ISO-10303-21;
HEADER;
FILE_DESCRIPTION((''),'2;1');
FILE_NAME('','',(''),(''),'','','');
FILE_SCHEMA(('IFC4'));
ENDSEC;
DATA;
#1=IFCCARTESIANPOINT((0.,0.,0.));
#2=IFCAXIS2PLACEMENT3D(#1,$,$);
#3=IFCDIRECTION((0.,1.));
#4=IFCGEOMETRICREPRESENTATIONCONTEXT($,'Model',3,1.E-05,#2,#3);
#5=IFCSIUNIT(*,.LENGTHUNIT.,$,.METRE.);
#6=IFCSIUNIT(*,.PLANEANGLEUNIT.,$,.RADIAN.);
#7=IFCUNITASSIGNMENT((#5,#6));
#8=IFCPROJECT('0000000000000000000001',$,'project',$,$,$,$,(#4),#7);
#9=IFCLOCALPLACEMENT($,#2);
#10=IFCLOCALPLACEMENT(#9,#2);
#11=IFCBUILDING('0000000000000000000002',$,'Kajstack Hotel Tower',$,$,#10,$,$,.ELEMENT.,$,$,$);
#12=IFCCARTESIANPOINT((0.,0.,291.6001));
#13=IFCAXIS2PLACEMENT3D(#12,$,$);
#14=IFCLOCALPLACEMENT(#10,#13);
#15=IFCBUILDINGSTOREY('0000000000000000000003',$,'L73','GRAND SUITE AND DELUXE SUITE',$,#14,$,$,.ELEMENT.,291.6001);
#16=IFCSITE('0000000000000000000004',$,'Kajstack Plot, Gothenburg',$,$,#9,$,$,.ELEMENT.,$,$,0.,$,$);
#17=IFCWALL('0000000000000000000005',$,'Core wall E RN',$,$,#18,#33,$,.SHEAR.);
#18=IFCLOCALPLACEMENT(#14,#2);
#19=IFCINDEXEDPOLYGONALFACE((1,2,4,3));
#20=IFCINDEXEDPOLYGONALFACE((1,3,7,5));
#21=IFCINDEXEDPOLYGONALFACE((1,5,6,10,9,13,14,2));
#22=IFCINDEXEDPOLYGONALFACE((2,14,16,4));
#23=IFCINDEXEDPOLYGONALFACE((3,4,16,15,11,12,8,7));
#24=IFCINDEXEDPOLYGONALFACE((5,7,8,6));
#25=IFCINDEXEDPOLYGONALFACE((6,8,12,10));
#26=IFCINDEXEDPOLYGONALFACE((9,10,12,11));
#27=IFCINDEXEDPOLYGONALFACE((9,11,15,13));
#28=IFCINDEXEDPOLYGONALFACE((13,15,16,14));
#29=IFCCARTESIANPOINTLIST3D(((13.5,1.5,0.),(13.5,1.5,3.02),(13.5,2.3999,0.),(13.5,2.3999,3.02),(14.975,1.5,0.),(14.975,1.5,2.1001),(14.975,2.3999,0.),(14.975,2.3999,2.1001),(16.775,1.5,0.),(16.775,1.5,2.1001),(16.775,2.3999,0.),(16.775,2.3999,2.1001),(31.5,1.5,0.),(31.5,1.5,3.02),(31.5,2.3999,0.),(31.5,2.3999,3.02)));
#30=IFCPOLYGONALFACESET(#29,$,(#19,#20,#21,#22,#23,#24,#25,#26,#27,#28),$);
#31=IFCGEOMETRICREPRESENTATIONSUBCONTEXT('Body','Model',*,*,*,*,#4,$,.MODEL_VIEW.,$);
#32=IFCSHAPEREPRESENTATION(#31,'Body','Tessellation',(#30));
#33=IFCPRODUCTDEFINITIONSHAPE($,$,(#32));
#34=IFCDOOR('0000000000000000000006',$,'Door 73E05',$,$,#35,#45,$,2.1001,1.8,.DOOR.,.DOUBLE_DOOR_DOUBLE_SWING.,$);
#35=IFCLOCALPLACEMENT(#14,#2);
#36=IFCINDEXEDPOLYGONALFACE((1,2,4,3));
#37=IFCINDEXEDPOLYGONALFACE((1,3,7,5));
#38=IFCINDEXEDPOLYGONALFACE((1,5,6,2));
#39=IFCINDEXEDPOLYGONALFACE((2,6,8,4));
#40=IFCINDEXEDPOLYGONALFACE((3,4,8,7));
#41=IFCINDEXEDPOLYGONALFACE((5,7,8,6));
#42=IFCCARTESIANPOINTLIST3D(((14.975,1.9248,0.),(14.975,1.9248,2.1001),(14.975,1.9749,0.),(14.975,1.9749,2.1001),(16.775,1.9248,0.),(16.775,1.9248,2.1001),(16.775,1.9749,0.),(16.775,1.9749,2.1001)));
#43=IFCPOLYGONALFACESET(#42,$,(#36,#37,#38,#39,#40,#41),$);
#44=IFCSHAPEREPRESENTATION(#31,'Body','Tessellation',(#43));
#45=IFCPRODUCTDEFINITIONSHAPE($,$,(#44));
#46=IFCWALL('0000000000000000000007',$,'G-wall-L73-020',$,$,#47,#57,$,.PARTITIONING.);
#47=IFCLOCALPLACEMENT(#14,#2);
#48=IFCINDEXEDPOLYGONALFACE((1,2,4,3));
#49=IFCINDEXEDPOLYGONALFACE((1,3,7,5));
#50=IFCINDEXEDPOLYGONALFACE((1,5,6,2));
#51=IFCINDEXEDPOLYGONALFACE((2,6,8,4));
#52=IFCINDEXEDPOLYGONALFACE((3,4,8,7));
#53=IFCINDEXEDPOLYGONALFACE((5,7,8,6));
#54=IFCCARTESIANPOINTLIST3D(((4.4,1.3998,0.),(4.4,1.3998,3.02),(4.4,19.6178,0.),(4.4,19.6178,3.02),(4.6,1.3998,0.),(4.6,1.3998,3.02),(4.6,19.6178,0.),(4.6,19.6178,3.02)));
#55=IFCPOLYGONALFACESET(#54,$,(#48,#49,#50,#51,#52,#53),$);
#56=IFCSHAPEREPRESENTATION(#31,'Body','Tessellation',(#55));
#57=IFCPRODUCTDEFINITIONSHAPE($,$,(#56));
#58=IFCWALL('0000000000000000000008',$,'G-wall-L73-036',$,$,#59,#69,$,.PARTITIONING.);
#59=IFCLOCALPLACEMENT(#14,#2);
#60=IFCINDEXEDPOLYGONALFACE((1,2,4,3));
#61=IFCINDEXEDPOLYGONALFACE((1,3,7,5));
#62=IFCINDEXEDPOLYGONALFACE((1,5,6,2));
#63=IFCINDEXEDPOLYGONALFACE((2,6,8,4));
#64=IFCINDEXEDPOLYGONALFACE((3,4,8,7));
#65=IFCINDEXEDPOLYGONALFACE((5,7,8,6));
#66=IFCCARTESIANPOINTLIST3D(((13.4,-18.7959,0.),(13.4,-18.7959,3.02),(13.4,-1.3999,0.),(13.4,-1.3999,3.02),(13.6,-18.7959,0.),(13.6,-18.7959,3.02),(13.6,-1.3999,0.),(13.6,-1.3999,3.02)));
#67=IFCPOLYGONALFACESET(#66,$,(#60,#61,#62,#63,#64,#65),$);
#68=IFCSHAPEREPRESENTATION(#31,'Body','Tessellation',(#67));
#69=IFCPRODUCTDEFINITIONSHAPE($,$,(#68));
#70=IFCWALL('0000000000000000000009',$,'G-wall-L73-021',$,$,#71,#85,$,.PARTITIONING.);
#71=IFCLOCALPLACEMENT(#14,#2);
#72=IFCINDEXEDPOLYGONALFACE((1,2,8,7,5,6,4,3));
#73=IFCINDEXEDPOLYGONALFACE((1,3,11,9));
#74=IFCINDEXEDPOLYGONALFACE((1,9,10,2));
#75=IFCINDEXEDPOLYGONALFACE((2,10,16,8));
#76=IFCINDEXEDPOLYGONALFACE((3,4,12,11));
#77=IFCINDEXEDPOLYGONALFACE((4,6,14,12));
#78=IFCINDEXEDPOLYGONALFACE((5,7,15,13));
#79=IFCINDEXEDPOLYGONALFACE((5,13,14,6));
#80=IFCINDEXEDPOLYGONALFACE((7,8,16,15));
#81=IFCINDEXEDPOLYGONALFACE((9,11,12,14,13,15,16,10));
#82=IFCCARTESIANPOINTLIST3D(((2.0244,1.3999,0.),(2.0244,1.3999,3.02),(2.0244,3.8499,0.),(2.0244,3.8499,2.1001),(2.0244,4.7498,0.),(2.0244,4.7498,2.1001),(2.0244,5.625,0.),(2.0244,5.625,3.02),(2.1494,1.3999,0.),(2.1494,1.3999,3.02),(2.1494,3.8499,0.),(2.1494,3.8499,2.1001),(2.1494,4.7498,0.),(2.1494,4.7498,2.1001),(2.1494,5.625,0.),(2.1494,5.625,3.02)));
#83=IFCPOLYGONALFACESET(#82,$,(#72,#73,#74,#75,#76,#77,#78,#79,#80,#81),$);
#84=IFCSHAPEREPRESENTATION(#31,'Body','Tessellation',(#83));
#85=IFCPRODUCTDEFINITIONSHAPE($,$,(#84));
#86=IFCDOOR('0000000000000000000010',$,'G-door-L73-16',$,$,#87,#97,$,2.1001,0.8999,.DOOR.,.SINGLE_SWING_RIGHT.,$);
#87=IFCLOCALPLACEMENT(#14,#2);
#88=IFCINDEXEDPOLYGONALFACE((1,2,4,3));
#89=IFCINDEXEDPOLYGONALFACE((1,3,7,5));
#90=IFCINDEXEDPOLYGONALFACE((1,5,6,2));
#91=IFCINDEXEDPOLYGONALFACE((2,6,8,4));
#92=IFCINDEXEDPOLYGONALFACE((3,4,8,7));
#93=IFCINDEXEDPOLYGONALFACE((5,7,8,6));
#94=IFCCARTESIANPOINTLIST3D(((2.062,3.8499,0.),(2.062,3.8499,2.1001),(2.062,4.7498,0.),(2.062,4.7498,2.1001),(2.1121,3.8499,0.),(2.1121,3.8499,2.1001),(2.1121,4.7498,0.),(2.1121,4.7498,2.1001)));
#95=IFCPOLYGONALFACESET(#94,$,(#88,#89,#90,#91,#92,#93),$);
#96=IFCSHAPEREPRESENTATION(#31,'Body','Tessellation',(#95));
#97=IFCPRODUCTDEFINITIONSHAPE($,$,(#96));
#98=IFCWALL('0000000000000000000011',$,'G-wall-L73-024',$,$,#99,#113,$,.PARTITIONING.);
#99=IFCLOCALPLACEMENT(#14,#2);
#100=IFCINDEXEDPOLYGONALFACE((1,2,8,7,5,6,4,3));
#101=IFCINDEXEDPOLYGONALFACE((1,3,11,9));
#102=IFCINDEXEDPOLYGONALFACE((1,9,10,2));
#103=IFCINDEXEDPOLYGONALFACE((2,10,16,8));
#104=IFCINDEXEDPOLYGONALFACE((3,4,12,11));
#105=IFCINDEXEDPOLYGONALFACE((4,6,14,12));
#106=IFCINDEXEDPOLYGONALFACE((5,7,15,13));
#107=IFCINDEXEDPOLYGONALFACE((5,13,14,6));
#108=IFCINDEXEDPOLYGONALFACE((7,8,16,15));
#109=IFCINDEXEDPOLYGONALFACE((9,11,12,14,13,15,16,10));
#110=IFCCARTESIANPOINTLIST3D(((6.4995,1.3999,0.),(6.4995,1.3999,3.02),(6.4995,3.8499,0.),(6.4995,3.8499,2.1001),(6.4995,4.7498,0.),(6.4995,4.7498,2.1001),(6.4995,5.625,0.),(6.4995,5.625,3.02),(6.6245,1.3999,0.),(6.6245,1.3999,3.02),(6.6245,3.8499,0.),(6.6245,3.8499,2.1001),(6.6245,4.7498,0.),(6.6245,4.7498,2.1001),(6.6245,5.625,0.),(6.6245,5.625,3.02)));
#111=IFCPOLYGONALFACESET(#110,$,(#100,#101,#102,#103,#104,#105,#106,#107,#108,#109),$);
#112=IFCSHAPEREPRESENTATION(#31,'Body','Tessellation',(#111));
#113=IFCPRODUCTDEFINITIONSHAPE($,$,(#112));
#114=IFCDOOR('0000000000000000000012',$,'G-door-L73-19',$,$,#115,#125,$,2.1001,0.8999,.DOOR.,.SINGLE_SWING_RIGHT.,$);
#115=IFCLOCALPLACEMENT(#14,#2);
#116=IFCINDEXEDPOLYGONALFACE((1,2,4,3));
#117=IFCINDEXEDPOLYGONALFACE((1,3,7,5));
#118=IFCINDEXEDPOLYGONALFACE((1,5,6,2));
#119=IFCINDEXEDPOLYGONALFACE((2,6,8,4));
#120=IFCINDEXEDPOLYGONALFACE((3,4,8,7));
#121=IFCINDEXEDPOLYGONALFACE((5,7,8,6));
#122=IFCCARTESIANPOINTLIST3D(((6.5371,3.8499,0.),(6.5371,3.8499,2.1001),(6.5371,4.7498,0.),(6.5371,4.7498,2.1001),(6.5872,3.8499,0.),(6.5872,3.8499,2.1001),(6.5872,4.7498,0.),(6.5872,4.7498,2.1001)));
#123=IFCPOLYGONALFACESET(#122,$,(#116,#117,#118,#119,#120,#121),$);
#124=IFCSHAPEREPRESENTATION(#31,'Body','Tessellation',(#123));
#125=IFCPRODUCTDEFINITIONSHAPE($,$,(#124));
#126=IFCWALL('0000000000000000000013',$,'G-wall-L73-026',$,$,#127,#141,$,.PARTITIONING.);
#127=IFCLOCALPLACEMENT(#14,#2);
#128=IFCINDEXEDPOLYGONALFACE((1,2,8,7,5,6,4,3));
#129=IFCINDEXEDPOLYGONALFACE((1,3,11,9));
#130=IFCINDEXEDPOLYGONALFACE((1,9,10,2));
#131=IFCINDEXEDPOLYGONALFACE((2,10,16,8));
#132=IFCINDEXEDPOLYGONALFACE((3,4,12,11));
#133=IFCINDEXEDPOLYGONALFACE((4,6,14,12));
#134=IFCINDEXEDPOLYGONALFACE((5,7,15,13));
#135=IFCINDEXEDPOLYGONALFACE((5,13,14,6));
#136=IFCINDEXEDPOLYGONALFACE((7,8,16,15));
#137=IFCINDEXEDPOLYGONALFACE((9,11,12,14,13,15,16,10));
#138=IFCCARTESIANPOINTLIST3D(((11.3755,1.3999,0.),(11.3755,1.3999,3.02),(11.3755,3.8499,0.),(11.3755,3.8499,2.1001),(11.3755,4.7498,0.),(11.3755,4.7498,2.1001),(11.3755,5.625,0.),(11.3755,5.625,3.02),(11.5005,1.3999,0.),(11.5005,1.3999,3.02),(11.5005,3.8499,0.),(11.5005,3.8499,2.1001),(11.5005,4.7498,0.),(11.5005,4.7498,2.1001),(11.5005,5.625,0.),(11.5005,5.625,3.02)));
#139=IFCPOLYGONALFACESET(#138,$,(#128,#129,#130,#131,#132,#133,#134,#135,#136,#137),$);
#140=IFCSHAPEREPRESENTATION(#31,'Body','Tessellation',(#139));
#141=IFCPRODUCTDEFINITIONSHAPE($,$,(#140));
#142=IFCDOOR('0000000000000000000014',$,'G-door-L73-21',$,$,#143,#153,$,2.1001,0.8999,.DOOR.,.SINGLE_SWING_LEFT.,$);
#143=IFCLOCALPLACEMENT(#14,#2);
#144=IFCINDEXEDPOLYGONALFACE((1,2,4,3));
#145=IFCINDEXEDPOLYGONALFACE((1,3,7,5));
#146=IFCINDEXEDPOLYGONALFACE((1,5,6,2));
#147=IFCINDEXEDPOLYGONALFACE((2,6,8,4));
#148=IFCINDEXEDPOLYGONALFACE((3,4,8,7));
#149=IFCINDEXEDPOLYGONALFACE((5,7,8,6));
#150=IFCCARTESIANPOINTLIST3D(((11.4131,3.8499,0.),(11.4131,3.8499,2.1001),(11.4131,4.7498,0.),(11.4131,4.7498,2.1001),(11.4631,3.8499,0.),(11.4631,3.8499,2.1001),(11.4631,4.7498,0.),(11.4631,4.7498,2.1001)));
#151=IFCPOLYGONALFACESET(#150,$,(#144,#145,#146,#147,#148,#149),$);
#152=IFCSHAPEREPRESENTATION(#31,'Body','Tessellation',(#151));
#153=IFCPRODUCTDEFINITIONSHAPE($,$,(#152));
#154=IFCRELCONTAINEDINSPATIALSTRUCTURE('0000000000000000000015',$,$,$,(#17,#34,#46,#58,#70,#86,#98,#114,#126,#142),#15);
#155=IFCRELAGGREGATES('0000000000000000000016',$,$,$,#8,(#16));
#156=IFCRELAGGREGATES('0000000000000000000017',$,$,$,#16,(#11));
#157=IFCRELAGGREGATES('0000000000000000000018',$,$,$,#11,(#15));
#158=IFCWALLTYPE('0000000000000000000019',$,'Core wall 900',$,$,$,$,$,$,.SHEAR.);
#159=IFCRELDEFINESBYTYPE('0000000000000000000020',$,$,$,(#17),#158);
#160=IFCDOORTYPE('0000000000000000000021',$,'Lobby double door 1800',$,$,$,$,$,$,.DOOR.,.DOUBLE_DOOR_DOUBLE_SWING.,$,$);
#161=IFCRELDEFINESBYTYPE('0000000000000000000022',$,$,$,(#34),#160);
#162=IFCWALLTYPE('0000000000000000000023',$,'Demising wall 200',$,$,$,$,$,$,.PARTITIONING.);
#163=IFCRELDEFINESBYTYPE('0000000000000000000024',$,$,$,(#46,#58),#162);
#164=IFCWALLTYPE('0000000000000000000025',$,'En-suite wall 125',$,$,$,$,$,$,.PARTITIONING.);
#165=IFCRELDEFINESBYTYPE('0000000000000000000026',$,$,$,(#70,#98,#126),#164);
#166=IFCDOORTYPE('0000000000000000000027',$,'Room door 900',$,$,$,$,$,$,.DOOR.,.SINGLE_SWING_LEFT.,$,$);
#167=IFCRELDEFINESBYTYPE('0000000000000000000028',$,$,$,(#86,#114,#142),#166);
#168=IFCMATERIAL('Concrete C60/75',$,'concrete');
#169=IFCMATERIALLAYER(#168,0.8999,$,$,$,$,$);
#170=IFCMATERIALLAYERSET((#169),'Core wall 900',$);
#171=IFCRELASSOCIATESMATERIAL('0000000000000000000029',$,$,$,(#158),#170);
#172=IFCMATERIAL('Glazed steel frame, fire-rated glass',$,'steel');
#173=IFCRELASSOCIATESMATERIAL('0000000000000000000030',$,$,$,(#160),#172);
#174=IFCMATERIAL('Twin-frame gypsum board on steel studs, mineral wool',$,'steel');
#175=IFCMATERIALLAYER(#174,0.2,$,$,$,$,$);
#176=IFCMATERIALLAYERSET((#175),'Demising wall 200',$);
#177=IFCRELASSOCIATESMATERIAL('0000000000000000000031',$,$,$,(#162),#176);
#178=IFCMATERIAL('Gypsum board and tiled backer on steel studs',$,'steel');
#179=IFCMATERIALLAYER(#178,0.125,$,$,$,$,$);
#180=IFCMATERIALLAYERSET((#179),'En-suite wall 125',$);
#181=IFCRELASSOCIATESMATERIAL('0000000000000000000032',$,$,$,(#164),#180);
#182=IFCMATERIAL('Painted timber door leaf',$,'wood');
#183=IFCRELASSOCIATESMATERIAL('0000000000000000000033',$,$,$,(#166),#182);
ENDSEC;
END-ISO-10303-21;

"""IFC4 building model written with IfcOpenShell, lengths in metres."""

from ifc_helpers import new_model, si_unit, direction, frame, frame_2d, origin, place, context, subcontext, project, spatial, rectangle, extrude, material, layer, layer_set, type_object, element, fill, save


model = new_model("IFC4")

# Units and contexts
model_context = context("Model", 3, precision=1e-05, world=origin(), true_north=direction((0.0, 1.0)))
body_context = subcontext(model_context, "Body", "Model", "MODEL_VIEW")
ifc_project = project(units=[si_unit("LENGTHUNIT", "METRE"), si_unit("PLANEANGLEUNIT", "RADIAN")], contexts=[model_context])

# Site, building, storey
site_placement = place(None, origin())
site = spatial("IfcSite", under=ifc_project, at=site_placement, Name="Kajstack Plot, Gothenburg", CompositionType="ELEMENT", RefElevation=0.0)
building_placement = place(site_placement, origin())
building = spatial("IfcBuilding", under=site, at=building_placement, Name="Kajstack Hotel Tower", CompositionType="ELEMENT")
storey_placement = place(building_placement, frame((0.0, 0.0, 291.6001)))
storey = spatial("IfcBuildingStorey", under=building, at=storey_placement, Name="L73", Description="GRAND SUITE AND DELUXE SUITE", CompositionType="ELEMENT", Elevation=291.6001)

# Wall, opening, door
ifc_material_1 = material(Name="Concrete C60/75", Category="concrete")
ifc_layer_1 = layer(ifc_material_1, 0.8999)
ifc_layer_set_1 = layer_set([ifc_layer_1], Name="Core wall 900")
wall_type_1 = type_object("IfcWallType", Name="Core wall 900", PredefinedType="SHEAR", material=ifc_layer_set_1)
wall_1_placement = place(storey_placement, frame((13.5, 1.95, 0.0), z_axis=(0.0, 0.0, 1.0), x_axis=(1.0, 0.0, 0.0)))
wall_1 = element("IfcWall", 1, at=wall_1_placement, inside=storey, type_object=wall_type_1, Name="Core wall E RN", PredefinedType="SHEAR", context=body_context, shape_type="SweptSolid", body=[
    extrude(rectangle(XDim=18.0, YDim=0.8999, at=frame_2d((9.0, 0.0))), origin(), (0.0, 0.0, 1.0), 3.02),
])
opening_1_placement = place(wall_1_placement, frame((1.4751, 0.0, 0.0)))
opening_1 = element("IfcOpeningElement", 2, at=opening_1_placement, cuts=wall_1, PredefinedType="OPENING", context=body_context, shape_type="SweptSolid", body=[
    extrude(rectangle(XDim=1.8, YDim=2.1001, at=frame_2d((0.8999, 1.05))), frame((0.0, 0.46, 0.0), z_axis=(0.0, -1.0, 0.0), x_axis=(1.0, 0.0, 0.0)), (0.0, 0.0, 1.0), 0.9199),
])
ifc_material_2 = material(Name="Glazed steel frame, fire-rated glass", Category="steel")
door_type_1 = type_object("IfcDoorType", Name="Lobby double door 1800", OperationType="DOUBLE_DOOR_DOUBLE_SWING", PredefinedType="DOOR", material=ifc_material_2)
door_1_placement = place(opening_1_placement, origin())
door_1 = element("IfcDoor", 3, at=door_1_placement, inside=storey, type_object=door_type_1, Name="Door 73E05", OperationType="DOUBLE_DOOR_DOUBLE_SWING", OverallHeight=2.1001, OverallWidth=1.8, PredefinedType="DOOR", context=body_context, shape_type="SweptSolid", body=[
    extrude(rectangle(XDim=1.8, YDim=2.1001, at=frame_2d((0.8999, 1.05))), frame((0.0, 0.0249, 0.0), z_axis=(0.0, -1.0, 0.0), x_axis=(1.0, 0.0, 0.0)), (0.0, 0.0, 1.0), 0.05),
])
fill(opening_1, door_1)

# Walls
ifc_material_3 = material(Name="Twin-frame gypsum board on steel studs, mineral wool", Category="steel")
ifc_layer_2 = layer(ifc_material_3, 0.2)
ifc_layer_set_2 = layer_set([ifc_layer_2], Name="Demising wall 200")
wall_type_2 = type_object("IfcWallType", Name="Demising wall 200", PredefinedType="PARTITIONING", material=ifc_layer_set_2)
wall_2_placement = place(storey_placement, frame((4.5, 1.3999, 0.0), z_axis=(0.0, 0.0, 1.0), x_axis=(0.0, 1.0, 0.0)))
element("IfcWall", 4, at=wall_2_placement, inside=storey, type_object=wall_type_2, Name="G-wall-L73-020", PredefinedType="PARTITIONING", context=body_context, shape_type="SweptSolid", body=[
    extrude(rectangle(XDim=18.218, YDim=0.2, at=frame_2d((9.1089, 0.0))), origin(), (0.0, 0.0, 1.0), 3.02),
])
wall_3_placement = place(storey_placement, frame((13.5, -18.7959, 0.0), z_axis=(0.0, 0.0, 1.0), x_axis=(0.0, 1.0, 0.0)))
element("IfcWall", 5, at=wall_3_placement, inside=storey, type_object=wall_type_2, Name="G-wall-L73-036", PredefinedType="PARTITIONING", context=body_context, shape_type="SweptSolid", body=[
    extrude(rectangle(XDim=17.396, YDim=0.2, at=frame_2d((8.698, 0.0))), origin(), (0.0, 0.0, 1.0), 3.02),
])

# Walls, openings, doors
ifc_material_4 = material(Name="Gypsum board and tiled backer on steel studs", Category="steel")
ifc_layer_3 = layer(ifc_material_4, 0.125)
ifc_layer_set_3 = layer_set([ifc_layer_3], Name="En-suite wall 125")
wall_type_3 = type_object("IfcWallType", Name="En-suite wall 125", PredefinedType="PARTITIONING", material=ifc_layer_set_3)
wall_4_placement = place(storey_placement, frame((2.0869, 1.3999, 0.0), z_axis=(0.0, 0.0, 1.0), x_axis=(0.0, 1.0, 0.0)))
wall_4 = element("IfcWall", 6, at=wall_4_placement, inside=storey, type_object=wall_type_3, Name="G-wall-L73-021", PredefinedType="PARTITIONING", context=body_context, shape_type="SweptSolid", body=[
    extrude(rectangle(XDim=4.2251, YDim=0.125, at=frame_2d((2.1125, 0.0))), origin(), (0.0, 0.0, 1.0), 3.02),
])
opening_2_placement = place(wall_4_placement, frame((2.45, 0.0, 0.0)))
opening_2 = element("IfcOpeningElement", 7, at=opening_2_placement, cuts=wall_4, PredefinedType="OPENING", context=body_context, shape_type="SweptSolid", body=[
    extrude(rectangle(XDim=0.8999, YDim=2.1001, at=frame_2d((0.45, 1.05))), frame((0.0, 0.0725, 0.0), z_axis=(0.0, -1.0, 0.0), x_axis=(1.0, 0.0, 0.0)), (0.0, 0.0, 1.0), 0.145),
])
ifc_material_5 = material(Name="Painted timber door leaf", Category="wood")
door_type_2 = type_object("IfcDoorType", Name="Room door 900", OperationType="SINGLE_SWING_LEFT", PredefinedType="DOOR", material=ifc_material_5)
door_2_placement = place(opening_2_placement, origin())
door_2 = element("IfcDoor", 8, at=door_2_placement, inside=storey, type_object=door_type_2, Name="G-door-L73-16", OperationType="SINGLE_SWING_RIGHT", OverallHeight=2.1001, OverallWidth=0.8999, PredefinedType="DOOR", context=body_context, shape_type="SweptSolid", body=[
    extrude(rectangle(XDim=0.8999, YDim=2.1001, at=frame_2d((0.45, 1.05))), frame((0.0, 0.0249, 0.0), z_axis=(0.0, -1.0, 0.0), x_axis=(1.0, 0.0, 0.0)), (0.0, 0.0, 1.0), 0.05),
])
fill(opening_2, door_2)
wall_5_placement = place(storey_placement, frame((6.562, 1.3999, 0.0), z_axis=(0.0, 0.0, 1.0), x_axis=(0.0, 1.0, 0.0)))
wall_5 = element("IfcWall", 9, at=wall_5_placement, inside=storey, type_object=wall_type_3, Name="G-wall-L73-024", PredefinedType="PARTITIONING", context=body_context, shape_type="SweptSolid", body=[
    extrude(rectangle(XDim=4.2251, YDim=0.125, at=frame_2d((2.1125, 0.0))), origin(), (0.0, 0.0, 1.0), 3.02),
])
opening_3_placement = place(wall_5_placement, frame((2.45, 0.0, 0.0)))
opening_3 = element("IfcOpeningElement", 10, at=opening_3_placement, cuts=wall_5, PredefinedType="OPENING", context=body_context, shape_type="SweptSolid", body=[
    extrude(rectangle(XDim=0.8999, YDim=2.1001, at=frame_2d((0.45, 1.05))), frame((0.0, 0.0725, 0.0), z_axis=(0.0, -1.0, 0.0), x_axis=(1.0, 0.0, 0.0)), (0.0, 0.0, 1.0), 0.145),
])
door_3_placement = place(opening_3_placement, origin())
door_3 = element("IfcDoor", 11, at=door_3_placement, inside=storey, type_object=door_type_2, Name="G-door-L73-19", OperationType="SINGLE_SWING_RIGHT", OverallHeight=2.1001, OverallWidth=0.8999, PredefinedType="DOOR", context=body_context, shape_type="SweptSolid", body=[
    extrude(rectangle(XDim=0.8999, YDim=2.1001, at=frame_2d((0.45, 1.05))), frame((0.0, 0.0249, 0.0), z_axis=(0.0, -1.0, 0.0), x_axis=(1.0, 0.0, 0.0)), (0.0, 0.0, 1.0), 0.05),
])
fill(opening_3, door_3)
wall_6_placement = place(storey_placement, frame((11.438, 1.3999, 0.0), z_axis=(0.0, 0.0, 1.0), x_axis=(0.0, 1.0, 0.0)))
wall_6 = element("IfcWall", 12, at=wall_6_placement, inside=storey, type_object=wall_type_3, Name="G-wall-L73-026", PredefinedType="PARTITIONING", context=body_context, shape_type="SweptSolid", body=[
    extrude(rectangle(XDim=4.2251, YDim=0.125, at=frame_2d((2.1125, 0.0))), origin(), (0.0, 0.0, 1.0), 3.02),
])
opening_4_placement = place(wall_6_placement, frame((2.45, 0.0, 0.0)))
opening_4 = element("IfcOpeningElement", 13, at=opening_4_placement, cuts=wall_6, PredefinedType="OPENING", context=body_context, shape_type="SweptSolid", body=[
    extrude(rectangle(XDim=0.8999, YDim=2.1001, at=frame_2d((0.45, 1.05))), frame((0.0, 0.0725, 0.0), z_axis=(0.0, -1.0, 0.0), x_axis=(1.0, 0.0, 0.0)), (0.0, 0.0, 1.0), 0.145),
])
door_4_placement = place(opening_4_placement, origin())
door_4 = element("IfcDoor", 14, at=door_4_placement, inside=storey, type_object=door_type_2, Name="G-door-L73-21", OperationType="SINGLE_SWING_LEFT", OverallHeight=2.1001, OverallWidth=0.8999, PredefinedType="DOOR", context=body_context, shape_type="SweptSolid", body=[
    extrude(rectangle(XDim=0.8999, YDim=2.1001, at=frame_2d((0.45, 1.05))), frame((0.0, 0.0249, 0.0), z_axis=(0.0, -1.0, 0.0), x_axis=(1.0, 0.0, 0.0)), (0.0, 0.0, 1.0), 0.05),
])
fill(opening_4, door_4)

save(model, "model.ifc")
